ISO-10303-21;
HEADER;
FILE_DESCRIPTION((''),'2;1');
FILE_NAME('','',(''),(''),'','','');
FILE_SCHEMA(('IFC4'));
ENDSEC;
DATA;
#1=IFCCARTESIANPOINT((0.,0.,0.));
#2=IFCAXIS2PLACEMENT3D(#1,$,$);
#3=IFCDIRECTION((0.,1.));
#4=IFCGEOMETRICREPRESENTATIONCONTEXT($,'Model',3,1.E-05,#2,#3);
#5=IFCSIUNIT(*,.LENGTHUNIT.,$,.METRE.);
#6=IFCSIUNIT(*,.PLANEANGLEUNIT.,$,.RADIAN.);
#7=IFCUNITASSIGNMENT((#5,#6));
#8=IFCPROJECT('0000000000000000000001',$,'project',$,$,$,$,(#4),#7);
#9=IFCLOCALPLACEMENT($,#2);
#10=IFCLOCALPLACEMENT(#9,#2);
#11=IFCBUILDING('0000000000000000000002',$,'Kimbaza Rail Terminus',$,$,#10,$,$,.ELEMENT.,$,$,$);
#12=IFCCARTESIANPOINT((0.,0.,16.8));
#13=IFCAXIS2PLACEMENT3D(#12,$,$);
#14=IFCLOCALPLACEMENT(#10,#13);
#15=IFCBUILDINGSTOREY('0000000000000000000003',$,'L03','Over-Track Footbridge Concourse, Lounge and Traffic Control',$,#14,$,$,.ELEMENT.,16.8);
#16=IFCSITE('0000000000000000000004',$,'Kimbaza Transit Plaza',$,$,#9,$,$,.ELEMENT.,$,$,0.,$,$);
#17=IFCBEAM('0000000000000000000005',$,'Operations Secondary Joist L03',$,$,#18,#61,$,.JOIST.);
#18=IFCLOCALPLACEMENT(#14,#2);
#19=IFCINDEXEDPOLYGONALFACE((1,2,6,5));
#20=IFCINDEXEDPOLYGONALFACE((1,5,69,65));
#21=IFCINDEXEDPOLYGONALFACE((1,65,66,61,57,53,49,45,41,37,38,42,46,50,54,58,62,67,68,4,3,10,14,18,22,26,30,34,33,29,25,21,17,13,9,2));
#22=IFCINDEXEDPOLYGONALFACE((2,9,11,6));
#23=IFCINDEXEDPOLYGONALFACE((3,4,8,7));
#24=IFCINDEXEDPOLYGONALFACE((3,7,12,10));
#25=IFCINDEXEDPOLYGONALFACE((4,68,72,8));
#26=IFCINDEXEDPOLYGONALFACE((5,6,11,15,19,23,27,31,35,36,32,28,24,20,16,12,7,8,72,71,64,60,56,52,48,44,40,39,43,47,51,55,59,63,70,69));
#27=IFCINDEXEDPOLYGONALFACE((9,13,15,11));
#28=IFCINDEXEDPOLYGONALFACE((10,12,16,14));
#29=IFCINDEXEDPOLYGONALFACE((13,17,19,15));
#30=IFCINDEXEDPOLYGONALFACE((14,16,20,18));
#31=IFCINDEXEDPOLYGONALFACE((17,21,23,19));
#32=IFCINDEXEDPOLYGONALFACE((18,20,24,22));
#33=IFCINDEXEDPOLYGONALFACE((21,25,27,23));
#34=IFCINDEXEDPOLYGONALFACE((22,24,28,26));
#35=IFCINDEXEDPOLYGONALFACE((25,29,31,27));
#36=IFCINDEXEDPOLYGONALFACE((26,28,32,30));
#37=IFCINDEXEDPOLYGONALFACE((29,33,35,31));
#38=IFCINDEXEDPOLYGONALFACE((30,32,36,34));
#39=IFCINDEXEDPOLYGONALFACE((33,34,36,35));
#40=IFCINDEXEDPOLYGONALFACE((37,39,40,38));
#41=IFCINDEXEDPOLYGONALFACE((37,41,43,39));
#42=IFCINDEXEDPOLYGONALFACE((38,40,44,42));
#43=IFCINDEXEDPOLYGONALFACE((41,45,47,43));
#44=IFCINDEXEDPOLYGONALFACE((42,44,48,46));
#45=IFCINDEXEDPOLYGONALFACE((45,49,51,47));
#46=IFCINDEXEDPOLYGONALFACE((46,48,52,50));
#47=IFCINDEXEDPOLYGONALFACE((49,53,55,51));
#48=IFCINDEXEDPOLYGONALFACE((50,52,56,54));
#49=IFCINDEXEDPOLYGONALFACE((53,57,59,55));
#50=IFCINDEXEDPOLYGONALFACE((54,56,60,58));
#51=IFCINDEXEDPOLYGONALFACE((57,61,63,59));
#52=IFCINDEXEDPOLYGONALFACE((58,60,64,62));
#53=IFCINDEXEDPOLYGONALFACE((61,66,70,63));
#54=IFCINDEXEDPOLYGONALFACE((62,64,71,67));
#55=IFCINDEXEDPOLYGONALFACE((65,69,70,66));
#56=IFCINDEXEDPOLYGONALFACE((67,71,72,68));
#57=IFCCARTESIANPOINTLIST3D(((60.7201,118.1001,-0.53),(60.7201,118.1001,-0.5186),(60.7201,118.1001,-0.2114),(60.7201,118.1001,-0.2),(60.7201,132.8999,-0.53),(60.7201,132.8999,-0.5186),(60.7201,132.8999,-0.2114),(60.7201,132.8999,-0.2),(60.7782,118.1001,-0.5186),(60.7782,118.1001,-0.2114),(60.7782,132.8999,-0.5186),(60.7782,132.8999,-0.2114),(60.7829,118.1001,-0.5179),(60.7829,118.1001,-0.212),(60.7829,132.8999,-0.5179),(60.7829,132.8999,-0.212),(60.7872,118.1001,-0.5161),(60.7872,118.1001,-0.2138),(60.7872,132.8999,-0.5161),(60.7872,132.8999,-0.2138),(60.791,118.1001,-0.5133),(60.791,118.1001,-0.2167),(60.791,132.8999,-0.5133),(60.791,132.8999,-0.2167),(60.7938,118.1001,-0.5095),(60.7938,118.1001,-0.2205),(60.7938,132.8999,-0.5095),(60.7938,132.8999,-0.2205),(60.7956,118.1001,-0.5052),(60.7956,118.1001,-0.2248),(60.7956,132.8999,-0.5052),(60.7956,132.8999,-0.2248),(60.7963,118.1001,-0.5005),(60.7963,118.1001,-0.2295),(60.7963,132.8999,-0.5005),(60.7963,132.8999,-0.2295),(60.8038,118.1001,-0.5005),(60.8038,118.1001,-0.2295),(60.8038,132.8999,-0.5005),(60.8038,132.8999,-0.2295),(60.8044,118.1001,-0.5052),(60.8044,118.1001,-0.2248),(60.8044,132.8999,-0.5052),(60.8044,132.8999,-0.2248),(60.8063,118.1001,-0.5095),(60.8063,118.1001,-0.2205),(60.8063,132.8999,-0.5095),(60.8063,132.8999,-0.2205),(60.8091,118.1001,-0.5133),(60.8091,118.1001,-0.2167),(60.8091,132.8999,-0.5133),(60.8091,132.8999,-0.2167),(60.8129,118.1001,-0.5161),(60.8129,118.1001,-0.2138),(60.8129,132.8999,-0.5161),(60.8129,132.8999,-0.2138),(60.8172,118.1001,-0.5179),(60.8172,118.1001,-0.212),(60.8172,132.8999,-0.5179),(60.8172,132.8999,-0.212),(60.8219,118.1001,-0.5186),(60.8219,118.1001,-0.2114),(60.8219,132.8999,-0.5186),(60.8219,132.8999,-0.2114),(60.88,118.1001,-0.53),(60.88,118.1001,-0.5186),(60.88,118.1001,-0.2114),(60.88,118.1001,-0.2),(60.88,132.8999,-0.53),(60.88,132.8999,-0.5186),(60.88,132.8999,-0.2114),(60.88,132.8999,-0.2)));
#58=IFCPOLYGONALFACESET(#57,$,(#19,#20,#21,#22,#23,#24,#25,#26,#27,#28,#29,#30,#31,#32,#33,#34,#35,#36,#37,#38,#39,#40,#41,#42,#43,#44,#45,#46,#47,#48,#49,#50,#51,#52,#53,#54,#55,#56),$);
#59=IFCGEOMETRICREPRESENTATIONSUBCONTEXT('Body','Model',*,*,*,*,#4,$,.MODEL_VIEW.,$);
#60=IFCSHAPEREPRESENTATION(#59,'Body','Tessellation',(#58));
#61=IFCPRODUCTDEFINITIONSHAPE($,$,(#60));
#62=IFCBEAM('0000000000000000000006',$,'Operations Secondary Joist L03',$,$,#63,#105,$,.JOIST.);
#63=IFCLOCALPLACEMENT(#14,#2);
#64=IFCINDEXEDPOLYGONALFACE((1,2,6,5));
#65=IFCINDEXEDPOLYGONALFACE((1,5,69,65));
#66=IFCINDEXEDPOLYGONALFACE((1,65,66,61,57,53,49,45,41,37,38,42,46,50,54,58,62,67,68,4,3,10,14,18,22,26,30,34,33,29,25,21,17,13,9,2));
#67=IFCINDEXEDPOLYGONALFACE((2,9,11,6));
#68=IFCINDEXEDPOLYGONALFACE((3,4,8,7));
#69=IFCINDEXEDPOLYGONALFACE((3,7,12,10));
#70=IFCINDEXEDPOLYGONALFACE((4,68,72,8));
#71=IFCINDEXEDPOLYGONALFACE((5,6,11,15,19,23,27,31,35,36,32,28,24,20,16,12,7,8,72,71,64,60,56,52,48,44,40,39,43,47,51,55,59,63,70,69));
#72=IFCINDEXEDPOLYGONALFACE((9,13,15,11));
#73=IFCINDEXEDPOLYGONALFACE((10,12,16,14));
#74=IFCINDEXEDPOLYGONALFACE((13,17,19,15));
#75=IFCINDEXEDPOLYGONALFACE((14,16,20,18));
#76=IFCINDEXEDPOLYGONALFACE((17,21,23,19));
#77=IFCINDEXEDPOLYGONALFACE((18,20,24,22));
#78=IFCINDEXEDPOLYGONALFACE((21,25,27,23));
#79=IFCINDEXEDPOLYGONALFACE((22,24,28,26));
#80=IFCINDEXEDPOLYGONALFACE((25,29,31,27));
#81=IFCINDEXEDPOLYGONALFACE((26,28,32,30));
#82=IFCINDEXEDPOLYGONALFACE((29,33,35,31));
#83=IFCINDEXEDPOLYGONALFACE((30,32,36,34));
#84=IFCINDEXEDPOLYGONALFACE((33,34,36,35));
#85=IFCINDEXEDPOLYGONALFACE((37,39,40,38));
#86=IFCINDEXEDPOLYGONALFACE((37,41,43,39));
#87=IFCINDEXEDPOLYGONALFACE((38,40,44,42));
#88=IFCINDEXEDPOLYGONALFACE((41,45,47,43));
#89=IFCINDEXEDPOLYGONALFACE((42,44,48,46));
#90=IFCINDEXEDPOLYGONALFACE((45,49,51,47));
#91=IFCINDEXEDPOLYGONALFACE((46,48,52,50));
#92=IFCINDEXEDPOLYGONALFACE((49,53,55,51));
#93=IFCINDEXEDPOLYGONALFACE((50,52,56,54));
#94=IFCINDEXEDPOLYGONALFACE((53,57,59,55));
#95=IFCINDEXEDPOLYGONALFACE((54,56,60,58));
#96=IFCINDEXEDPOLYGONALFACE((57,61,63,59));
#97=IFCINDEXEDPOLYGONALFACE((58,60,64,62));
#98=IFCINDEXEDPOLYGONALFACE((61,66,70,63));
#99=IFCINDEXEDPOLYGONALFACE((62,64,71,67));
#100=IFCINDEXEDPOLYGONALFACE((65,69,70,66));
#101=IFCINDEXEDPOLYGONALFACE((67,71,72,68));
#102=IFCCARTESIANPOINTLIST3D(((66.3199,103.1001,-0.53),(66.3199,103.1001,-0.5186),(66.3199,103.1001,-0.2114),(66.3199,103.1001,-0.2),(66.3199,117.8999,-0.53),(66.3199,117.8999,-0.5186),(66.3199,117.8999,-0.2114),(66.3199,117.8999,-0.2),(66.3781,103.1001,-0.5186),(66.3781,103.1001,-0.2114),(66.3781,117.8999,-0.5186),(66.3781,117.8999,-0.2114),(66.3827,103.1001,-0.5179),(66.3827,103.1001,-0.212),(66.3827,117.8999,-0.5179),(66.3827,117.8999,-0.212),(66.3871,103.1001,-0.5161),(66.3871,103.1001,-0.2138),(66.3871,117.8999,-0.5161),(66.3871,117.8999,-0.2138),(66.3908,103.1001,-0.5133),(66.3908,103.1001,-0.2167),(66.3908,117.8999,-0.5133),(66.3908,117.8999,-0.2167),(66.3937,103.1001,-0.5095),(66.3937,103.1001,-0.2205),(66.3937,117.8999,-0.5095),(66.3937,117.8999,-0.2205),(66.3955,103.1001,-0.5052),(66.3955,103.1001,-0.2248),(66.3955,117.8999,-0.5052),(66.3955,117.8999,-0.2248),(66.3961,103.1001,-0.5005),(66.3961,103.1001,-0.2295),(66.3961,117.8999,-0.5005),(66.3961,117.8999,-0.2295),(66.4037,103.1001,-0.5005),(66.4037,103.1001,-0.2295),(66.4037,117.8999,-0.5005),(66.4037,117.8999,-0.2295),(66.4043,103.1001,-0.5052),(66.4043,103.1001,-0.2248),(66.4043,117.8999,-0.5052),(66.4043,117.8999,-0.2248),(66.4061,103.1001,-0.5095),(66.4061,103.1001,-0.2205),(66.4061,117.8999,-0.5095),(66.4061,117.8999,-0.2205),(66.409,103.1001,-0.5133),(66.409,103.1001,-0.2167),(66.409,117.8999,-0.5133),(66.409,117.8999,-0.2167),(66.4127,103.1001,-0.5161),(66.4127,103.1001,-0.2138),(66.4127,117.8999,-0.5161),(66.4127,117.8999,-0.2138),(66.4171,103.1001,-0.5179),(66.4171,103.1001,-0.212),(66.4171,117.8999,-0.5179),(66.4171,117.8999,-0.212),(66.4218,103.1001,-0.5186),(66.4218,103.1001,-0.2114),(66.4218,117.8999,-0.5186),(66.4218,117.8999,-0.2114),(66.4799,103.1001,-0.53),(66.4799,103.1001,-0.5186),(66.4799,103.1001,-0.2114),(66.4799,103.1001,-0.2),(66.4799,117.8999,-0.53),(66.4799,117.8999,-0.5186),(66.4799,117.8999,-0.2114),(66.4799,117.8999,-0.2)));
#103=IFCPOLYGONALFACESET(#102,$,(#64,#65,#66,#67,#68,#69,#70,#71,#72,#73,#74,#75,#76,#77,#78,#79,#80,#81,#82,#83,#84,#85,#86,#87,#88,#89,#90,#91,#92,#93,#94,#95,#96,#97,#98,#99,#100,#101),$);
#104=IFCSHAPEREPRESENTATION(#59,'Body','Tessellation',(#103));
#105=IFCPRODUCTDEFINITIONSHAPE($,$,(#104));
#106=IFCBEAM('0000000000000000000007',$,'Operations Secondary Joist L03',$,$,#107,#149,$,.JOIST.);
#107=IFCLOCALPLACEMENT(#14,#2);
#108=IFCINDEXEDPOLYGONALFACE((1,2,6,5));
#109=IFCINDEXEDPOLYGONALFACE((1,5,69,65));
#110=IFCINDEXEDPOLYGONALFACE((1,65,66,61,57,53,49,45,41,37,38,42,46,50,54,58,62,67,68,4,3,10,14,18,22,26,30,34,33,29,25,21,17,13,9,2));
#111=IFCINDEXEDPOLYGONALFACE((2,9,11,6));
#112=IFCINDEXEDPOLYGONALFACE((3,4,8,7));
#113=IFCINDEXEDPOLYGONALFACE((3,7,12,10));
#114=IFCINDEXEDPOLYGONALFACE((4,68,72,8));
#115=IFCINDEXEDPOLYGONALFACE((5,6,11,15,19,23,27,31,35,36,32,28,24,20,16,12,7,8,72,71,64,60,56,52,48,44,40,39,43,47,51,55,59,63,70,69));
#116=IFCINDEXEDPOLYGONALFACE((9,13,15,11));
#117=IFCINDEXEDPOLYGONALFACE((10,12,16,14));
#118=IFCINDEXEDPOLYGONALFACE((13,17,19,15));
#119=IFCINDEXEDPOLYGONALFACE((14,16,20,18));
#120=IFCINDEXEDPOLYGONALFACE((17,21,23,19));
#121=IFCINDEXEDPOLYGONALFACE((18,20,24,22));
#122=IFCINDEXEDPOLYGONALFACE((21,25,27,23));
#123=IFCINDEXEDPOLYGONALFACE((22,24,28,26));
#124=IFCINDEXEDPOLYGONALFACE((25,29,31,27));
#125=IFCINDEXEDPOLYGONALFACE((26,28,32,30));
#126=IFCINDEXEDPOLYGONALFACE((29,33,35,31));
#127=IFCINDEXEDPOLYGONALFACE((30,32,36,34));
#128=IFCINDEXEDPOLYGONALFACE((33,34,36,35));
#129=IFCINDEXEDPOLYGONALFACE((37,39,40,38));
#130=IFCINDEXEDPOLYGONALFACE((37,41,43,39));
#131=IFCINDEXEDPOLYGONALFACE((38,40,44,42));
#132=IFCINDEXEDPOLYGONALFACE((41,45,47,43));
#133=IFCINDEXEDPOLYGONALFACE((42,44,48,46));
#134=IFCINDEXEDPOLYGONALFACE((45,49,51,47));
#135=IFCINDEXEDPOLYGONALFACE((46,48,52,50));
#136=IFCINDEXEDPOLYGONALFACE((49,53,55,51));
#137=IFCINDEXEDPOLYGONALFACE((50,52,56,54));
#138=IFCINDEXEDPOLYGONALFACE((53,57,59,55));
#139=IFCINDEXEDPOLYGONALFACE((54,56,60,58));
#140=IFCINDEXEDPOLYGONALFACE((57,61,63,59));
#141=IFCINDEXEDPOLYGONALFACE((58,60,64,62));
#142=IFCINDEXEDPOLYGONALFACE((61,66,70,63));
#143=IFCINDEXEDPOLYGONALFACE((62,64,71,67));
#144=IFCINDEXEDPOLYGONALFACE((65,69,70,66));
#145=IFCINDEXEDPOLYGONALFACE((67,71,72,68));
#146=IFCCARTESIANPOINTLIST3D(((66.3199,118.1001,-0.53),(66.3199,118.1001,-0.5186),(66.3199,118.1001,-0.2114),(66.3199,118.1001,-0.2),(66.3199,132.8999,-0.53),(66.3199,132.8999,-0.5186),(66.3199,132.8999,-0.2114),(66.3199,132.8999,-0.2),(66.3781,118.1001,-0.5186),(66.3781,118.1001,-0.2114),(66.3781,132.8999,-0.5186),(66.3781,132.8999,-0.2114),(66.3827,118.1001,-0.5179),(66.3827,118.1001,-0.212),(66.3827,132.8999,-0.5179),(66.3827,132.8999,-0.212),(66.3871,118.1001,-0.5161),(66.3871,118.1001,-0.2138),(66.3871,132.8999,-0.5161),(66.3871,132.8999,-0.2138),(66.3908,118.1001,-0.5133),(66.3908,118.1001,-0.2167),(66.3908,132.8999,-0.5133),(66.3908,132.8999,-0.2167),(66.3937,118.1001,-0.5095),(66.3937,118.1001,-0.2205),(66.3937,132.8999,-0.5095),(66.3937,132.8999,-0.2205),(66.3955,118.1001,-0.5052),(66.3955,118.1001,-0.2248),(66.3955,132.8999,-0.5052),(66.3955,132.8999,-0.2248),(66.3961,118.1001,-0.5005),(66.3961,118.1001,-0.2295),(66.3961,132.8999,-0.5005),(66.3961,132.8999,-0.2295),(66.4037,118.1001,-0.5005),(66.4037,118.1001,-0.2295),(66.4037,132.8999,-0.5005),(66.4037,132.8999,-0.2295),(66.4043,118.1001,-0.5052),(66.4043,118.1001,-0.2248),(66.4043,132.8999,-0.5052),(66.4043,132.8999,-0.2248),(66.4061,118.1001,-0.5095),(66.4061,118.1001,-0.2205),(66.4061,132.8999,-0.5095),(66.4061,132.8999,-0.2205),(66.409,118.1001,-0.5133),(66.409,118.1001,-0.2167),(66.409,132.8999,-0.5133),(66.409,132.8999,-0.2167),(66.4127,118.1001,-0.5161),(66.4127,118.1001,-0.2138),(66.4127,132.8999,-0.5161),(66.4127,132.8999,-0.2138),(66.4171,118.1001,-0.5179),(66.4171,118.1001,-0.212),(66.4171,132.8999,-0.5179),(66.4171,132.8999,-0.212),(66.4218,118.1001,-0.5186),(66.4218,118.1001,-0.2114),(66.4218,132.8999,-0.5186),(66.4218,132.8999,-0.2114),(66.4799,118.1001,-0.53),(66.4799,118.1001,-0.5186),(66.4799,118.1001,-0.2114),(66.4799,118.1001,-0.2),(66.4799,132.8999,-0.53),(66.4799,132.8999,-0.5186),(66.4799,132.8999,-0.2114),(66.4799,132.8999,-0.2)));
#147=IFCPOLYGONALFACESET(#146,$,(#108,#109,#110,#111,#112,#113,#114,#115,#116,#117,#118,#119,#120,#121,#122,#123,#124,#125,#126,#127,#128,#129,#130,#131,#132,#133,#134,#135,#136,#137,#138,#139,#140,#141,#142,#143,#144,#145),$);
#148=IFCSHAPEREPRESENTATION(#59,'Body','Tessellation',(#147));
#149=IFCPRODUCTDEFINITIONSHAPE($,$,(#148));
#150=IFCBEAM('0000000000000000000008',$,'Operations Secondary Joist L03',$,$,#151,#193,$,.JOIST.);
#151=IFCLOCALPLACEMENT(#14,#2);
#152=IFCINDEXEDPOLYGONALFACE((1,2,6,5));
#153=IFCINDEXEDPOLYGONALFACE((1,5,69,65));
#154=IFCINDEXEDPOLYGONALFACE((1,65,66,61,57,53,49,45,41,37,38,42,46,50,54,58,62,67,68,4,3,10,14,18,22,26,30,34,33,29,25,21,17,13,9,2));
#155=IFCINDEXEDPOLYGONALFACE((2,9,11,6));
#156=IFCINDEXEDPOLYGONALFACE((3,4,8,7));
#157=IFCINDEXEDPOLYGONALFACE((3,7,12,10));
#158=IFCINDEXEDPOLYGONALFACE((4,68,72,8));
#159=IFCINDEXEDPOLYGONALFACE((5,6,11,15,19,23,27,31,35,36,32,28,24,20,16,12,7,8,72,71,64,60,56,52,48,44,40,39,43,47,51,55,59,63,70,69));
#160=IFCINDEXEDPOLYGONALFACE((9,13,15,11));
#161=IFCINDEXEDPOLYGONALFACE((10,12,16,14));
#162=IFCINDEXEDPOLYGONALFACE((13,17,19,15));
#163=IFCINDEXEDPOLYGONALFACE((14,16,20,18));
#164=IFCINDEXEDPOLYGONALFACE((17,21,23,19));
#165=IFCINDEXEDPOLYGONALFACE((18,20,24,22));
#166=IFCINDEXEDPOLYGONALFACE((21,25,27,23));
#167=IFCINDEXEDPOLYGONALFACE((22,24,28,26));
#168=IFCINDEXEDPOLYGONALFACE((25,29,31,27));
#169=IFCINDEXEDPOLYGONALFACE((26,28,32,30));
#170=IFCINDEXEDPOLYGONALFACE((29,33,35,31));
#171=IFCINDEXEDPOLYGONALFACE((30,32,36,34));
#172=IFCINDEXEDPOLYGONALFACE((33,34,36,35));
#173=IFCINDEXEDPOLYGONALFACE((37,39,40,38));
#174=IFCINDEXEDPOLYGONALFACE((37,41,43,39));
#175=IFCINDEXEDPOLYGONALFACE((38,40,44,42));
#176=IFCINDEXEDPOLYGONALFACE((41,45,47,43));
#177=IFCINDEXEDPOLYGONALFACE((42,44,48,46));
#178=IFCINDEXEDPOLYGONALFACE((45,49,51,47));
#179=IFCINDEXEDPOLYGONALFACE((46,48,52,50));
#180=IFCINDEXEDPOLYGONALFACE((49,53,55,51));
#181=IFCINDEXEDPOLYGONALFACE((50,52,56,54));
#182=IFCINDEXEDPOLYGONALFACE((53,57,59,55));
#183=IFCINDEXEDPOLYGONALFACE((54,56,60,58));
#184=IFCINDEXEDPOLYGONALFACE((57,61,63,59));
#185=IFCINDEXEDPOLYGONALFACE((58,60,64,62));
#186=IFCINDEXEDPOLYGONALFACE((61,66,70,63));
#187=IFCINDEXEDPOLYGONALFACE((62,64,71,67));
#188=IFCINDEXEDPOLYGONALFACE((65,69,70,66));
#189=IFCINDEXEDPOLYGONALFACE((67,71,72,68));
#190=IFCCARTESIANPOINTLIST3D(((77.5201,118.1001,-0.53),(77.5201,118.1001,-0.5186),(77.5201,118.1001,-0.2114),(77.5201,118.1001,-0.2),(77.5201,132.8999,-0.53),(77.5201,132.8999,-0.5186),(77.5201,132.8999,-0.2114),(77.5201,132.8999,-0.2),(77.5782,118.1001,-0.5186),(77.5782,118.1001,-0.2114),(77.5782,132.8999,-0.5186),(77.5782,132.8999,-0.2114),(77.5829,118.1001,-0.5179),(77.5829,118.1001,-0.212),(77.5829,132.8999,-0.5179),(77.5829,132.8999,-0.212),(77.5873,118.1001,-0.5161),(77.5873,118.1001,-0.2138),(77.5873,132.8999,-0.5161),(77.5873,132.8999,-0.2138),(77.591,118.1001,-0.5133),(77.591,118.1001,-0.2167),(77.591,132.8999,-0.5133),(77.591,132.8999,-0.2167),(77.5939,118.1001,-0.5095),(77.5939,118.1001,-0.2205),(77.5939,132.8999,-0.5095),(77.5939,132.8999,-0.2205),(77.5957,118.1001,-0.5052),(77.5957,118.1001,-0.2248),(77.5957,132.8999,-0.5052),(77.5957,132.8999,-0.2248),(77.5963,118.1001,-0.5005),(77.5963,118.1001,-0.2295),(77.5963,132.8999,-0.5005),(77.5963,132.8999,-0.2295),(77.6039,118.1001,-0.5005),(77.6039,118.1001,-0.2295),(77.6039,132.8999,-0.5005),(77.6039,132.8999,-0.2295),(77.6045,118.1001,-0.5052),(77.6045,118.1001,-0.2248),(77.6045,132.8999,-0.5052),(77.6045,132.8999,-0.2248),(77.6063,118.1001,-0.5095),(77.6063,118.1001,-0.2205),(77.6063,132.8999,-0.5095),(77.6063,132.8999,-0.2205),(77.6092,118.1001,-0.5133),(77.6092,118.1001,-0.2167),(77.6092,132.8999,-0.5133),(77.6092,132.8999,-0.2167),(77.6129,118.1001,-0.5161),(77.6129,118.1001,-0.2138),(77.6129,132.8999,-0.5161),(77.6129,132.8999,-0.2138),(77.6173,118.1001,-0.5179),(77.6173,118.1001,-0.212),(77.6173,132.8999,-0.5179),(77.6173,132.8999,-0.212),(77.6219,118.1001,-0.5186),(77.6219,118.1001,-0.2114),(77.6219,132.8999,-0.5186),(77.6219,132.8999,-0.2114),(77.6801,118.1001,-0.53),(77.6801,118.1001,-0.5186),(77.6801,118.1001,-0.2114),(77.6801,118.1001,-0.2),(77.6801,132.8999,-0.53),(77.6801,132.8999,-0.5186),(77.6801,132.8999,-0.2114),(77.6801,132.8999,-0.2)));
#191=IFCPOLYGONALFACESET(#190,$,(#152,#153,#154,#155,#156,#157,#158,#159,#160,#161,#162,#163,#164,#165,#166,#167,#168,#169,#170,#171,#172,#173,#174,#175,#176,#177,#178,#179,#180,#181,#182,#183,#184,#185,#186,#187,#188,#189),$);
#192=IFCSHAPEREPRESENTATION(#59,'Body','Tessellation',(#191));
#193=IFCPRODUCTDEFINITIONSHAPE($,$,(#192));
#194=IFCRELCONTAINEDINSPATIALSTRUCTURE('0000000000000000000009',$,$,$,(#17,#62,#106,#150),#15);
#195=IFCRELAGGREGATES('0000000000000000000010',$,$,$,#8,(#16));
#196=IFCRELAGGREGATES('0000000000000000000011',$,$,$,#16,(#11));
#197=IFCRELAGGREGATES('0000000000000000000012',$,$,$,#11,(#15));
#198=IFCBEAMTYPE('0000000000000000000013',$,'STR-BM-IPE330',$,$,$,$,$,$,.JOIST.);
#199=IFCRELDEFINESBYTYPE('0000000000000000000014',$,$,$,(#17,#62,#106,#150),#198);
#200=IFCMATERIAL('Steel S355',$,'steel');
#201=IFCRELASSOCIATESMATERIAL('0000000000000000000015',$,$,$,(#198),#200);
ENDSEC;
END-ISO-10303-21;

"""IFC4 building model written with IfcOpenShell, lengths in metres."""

from ifc_helpers import new_model, si_unit, direction, frame, origin, origin_2d, place, context, subcontext, project, spatial, i_section, extrude, material, material_profile, profile_set, type_object, element, save


model = new_model("IFC4")

# Units and contexts
model_context = context("Model", 3, precision=1e-05, world=origin(), true_north=direction((0.0, 1.0)))
body_context = subcontext(model_context, "Body", "Model", "MODEL_VIEW")
ifc_project = project(units=[si_unit("LENGTHUNIT", "METRE"), si_unit("PLANEANGLEUNIT", "RADIAN")], contexts=[model_context])

# Site, building, storey
site_placement = place(None, origin())
site = spatial("IfcSite", under=ifc_project, at=site_placement, Name="Kimbaza Transit Plaza", CompositionType="ELEMENT", RefElevation=0.0)
building_placement = place(site_placement, origin())
building = spatial("IfcBuilding", under=site, at=building_placement, Name="Kimbaza Rail Terminus", CompositionType="ELEMENT")
storey_placement = place(building_placement, frame((0.0, 0.0, 16.8)))
storey = spatial("IfcBuildingStorey", under=building, at=storey_placement, Name="L03", Description="Over-Track Footbridge Concourse, Lounge and Traffic Control", CompositionType="ELEMENT", Elevation=16.8)

# Beams
ifc_material_1 = material(Name="Steel S355", Category="steel")
ifc_material_profile_1 = material_profile(ifc_material_1, i_section(OverallWidth=0.1599, OverallDepth=0.3301, WebThickness=0.0076, FlangeThickness=0.0115, FilletRadius=0.0181, at=origin_2d()), Name="IPE 330")
ifc_profile_set_1 = profile_set([ifc_material_profile_1], Name="Steel S355")
beam_type_1 = type_object("IfcBeamType", Name="STR-BM-IPE330", PredefinedType="JOIST", material=ifc_profile_set_1)
for number, where, z_axis, x_axis, name in (
    (1, (60.8, 118.1001, -0.365), (0.0, 1.0, 0.0), (-1.0, 0.0, 0.0), "Operations Secondary Joist L03"),
    (2, (66.3999, 103.1001, -0.365), (0.0, 1.0, 0.0), (-1.0, 0.0, 0.0), "Operations Secondary Joist L03"),
    (3, (66.3999, 118.1001, -0.365), (0.0, 1.0, 0.0), (-1.0, 0.0, 0.0), "Operations Secondary Joist L03"),
    (4, (77.6001, 118.1001, -0.365), (0.0, 1.0, 0.0), (-1.0, 0.0, 0.0), "Operations Secondary Joist L03"),
):
    element("IfcBeam", number, at=place(storey_placement, frame(where, z_axis=z_axis, x_axis=x_axis)), inside=storey, type_object=beam_type_1, Name=name, PredefinedType="JOIST", context=body_context, shape_type="SweptSolid", body=[
        extrude(i_section(OverallWidth=0.1599, OverallDepth=0.3301, WebThickness=0.0076, FlangeThickness=0.0115, FilletRadius=0.0181, at=origin_2d()), origin(), (0.0, 0.0, 1.0), 14.7998),
    ])

save(model, "model.ifc")
